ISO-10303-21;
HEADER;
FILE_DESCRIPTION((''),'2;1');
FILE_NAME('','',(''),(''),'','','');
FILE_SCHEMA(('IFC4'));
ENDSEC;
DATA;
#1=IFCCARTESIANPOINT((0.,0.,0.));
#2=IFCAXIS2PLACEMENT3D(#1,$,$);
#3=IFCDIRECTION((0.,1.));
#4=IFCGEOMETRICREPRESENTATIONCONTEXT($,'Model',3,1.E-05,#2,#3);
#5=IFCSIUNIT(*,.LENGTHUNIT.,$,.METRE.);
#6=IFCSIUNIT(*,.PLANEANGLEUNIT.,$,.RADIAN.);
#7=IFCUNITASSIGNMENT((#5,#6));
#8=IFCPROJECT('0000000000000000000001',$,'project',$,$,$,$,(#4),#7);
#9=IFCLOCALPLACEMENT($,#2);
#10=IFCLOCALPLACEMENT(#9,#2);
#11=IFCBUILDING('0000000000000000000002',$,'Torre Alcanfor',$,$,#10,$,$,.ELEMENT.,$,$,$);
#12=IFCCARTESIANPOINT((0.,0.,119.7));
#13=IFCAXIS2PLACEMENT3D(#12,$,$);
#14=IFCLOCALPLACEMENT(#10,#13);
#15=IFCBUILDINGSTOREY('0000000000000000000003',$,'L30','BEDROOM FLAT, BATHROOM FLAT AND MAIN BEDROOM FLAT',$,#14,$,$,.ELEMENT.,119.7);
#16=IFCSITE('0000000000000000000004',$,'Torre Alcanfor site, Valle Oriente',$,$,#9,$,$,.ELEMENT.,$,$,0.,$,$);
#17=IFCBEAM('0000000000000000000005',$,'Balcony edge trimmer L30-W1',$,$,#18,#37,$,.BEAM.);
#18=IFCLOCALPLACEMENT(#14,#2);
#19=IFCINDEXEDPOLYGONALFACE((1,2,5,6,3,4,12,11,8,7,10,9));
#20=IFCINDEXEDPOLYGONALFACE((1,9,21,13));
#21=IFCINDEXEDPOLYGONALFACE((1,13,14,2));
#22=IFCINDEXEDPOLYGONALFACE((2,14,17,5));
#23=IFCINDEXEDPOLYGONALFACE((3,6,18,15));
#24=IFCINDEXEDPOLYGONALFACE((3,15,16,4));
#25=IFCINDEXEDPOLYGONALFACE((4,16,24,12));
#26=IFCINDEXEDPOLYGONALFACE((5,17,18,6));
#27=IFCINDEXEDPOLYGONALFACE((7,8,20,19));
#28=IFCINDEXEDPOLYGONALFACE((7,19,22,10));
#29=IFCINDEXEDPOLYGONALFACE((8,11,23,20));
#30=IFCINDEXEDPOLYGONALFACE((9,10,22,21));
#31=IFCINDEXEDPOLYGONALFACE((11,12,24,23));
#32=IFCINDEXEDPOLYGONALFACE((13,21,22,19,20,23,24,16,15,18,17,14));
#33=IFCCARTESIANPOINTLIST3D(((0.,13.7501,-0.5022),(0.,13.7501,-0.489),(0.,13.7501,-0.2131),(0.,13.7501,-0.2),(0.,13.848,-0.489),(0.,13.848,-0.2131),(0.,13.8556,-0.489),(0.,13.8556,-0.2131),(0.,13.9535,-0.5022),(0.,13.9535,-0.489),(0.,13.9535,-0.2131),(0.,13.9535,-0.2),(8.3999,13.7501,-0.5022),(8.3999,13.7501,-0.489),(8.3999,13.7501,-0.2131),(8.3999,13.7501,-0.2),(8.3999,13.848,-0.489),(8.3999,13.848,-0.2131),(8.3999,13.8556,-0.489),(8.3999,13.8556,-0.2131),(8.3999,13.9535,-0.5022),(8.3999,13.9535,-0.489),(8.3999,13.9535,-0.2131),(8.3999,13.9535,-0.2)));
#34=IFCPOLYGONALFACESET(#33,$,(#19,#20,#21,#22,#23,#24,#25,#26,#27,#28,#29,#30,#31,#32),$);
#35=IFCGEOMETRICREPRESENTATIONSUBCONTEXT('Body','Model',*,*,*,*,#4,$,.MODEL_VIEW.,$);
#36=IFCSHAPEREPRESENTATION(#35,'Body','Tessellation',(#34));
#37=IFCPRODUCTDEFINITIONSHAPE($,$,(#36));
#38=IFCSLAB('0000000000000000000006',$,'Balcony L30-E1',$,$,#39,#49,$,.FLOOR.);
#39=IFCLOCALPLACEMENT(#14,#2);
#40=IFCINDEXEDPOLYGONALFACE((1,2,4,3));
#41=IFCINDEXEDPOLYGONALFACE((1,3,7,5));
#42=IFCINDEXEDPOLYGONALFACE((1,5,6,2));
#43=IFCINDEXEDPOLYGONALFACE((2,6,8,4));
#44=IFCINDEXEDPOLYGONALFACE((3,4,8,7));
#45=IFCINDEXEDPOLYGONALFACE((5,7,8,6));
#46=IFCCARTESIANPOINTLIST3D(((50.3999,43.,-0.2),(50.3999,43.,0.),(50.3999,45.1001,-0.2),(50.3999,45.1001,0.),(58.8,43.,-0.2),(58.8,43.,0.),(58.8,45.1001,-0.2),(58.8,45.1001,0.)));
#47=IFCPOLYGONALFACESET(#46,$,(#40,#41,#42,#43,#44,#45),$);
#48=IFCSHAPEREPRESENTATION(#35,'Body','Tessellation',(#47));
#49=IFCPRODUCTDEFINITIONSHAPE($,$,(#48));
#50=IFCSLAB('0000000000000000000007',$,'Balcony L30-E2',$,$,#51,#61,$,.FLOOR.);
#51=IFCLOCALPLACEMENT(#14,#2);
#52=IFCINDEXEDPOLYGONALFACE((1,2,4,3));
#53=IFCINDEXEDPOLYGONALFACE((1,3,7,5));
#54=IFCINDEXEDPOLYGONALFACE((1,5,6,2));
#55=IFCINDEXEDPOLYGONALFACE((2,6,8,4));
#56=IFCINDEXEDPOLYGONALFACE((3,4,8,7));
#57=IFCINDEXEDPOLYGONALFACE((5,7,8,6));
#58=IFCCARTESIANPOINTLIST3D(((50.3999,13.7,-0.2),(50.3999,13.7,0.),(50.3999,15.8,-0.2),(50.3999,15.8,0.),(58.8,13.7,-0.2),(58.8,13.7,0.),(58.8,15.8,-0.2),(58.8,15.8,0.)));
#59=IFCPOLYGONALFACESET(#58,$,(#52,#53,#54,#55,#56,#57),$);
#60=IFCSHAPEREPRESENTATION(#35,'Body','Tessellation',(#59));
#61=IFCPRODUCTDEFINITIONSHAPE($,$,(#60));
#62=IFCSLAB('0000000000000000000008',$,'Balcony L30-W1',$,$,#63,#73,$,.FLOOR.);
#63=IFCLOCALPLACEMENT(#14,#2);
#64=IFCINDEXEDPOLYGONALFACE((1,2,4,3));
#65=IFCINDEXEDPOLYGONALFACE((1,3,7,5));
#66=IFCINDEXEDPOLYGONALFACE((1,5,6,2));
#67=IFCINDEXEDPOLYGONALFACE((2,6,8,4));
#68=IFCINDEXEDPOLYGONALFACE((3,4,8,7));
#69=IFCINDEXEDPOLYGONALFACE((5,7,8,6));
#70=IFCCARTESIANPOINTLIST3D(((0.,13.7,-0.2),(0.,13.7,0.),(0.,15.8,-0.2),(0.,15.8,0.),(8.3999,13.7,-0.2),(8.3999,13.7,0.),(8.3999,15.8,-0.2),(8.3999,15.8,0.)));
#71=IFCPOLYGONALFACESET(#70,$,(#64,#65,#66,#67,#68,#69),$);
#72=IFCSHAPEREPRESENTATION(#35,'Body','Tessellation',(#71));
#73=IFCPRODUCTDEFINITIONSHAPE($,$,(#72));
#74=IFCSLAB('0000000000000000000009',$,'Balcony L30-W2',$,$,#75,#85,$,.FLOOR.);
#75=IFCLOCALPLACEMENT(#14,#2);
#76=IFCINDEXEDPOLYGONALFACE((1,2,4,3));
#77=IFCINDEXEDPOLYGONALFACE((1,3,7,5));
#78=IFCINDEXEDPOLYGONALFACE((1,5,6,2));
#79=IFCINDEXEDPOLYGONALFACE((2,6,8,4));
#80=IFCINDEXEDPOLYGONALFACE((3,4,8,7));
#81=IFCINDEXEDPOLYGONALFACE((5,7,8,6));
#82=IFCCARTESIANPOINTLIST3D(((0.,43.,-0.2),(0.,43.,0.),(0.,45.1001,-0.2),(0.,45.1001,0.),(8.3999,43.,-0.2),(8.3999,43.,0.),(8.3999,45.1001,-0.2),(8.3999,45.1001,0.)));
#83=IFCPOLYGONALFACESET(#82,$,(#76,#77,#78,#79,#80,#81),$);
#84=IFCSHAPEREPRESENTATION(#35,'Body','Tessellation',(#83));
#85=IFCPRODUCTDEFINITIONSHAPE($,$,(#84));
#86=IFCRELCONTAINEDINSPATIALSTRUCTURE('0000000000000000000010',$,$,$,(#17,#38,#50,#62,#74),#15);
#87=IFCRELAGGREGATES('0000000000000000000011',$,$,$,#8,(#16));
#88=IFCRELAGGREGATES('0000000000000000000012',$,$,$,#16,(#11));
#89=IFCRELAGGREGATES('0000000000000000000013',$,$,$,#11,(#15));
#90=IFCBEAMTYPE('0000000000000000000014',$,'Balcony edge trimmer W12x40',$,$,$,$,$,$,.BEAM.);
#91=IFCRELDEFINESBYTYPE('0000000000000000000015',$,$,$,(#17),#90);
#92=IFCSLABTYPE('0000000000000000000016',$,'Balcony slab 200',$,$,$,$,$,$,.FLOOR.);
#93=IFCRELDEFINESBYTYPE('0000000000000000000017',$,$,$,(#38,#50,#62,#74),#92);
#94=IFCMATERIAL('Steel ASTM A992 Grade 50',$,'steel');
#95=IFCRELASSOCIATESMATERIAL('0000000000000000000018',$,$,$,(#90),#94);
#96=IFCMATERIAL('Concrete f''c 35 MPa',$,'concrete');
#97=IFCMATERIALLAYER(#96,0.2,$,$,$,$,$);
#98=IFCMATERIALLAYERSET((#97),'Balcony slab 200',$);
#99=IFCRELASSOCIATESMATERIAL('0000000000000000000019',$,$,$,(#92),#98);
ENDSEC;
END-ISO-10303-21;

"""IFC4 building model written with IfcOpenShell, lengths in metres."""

from ifc_helpers import new_model, si_unit, direction, frame, origin, origin_2d, place, context, subcontext, project, spatial, polyline, i_section, outline, extrude, material, layer, layer_set, material_profile, profile_set, type_object, element, save


model = new_model("IFC4")

# Units and contexts
model_context = context("Model", 3, precision=1e-05, world=origin(), true_north=direction((0.0, 1.0)))
body_context = subcontext(model_context, "Body", "Model", "MODEL_VIEW")
ifc_project = project(units=[si_unit("LENGTHUNIT", "METRE"), si_unit("PLANEANGLEUNIT", "RADIAN")], contexts=[model_context])

# Site, building, storey
site_placement = place(None, origin())
site = spatial("IfcSite", under=ifc_project, at=site_placement, Name="Torre Alcanfor site, Valle Oriente", CompositionType="ELEMENT", RefElevation=0.0)
building_placement = place(site_placement, origin())
building = spatial("IfcBuilding", under=site, at=building_placement, Name="Torre Alcanfor", CompositionType="ELEMENT")
storey_placement = place(building_placement, frame((0.0, 0.0, 119.7)))
storey = spatial("IfcBuildingStorey", under=building, at=storey_placement, Name="L30", Description="BEDROOM FLAT, BATHROOM FLAT AND MAIN BEDROOM FLAT", CompositionType="ELEMENT", Elevation=119.7)

# Beam
ifc_material_1 = material(Name="Steel ASTM A992 Grade 50", Category="steel")
ifc_material_profile = material_profile(ifc_material_1, i_section(OverallWidth=0.2034, OverallDepth=0.3022, WebThickness=0.0076, FlangeThickness=0.0132, at=origin_2d()), Name="W12x40")
ifc_profile_set = profile_set([ifc_material_profile], Name="Steel ASTM A992 Grade 50")
beam_type = type_object("IfcBeamType", Name="Balcony edge trimmer W12x40", PredefinedType="BEAM", material=ifc_profile_set)
beam_placement = place(storey_placement, frame((8.3999, 13.8518, -0.3511), z_axis=(-1.0, 0.0, 0.0), x_axis=(0.0, -1.0, 0.0)))
element("IfcBeam", 1, at=beam_placement, inside=storey, type_object=beam_type, Name="Balcony edge trimmer L30-W1", PredefinedType="BEAM", context=body_context, shape_type="SweptSolid", body=[
    extrude(i_section(OverallWidth=0.2034, OverallDepth=0.3022, WebThickness=0.0076, FlangeThickness=0.0132, at=origin_2d()), origin(), (0.0, 0.0, 1.0), 8.3999),
])

# Slabs
ifc_material_2 = material(Name="Concrete f'c 35 MPa", Category="concrete")
ifc_layer_1 = layer(ifc_material_2, 0.2)
ifc_layer_set_1 = layer_set([ifc_layer_1], Name="Balcony slab 200")
slab_type_1 = type_object("IfcSlabType", Name="Balcony slab 200", PredefinedType="FLOOR", material=ifc_layer_set_1)
slab_1_placement = place(storey_placement, frame((0.0, 0.0, -0.2)))
element("IfcSlab", 2, at=slab_1_placement, inside=storey, type_object=slab_type_1, Name="Balcony L30-E1", PredefinedType="FLOOR", context=body_context, shape_type="SweptSolid", body=[
    extrude(outline(polyline([(50.3999, 43.0), (58.8, 43.0), (58.8, 45.1001), (50.3999, 45.1001), (50.3999, 43.0)])), origin(), (0.0, 0.0, 1.0), 0.2),
])
slab_2_placement = place(storey_placement, frame((0.0, 0.0, -0.2)))
element("IfcSlab", 3, at=slab_2_placement, inside=storey, type_object=slab_type_1, Name="Balcony L30-E2", PredefinedType="FLOOR", context=body_context, shape_type="SweptSolid", body=[
    extrude(outline(polyline([(50.3999, 13.7), (58.8, 13.7), (58.8, 15.8), (50.3999, 15.8), (50.3999, 13.7)])), origin(), (0.0, 0.0, 1.0), 0.2),
])
slab_3_placement = place(storey_placement, frame((0.0, 0.0, -0.2)))
element("IfcSlab", 4, at=slab_3_placement, inside=storey, type_object=slab_type_1, Name="Balcony L30-W1", PredefinedType="FLOOR", context=body_context, shape_type="SweptSolid", body=[
    extrude(outline(polyline([(8.3999, 15.8), (0.0, 15.8), (0.0, 13.7), (8.3999, 13.7), (8.3999, 15.8)])), origin(), (0.0, 0.0, 1.0), 0.2),
])
slab_4_placement = place(storey_placement, frame((0.0, 0.0, -0.2)))
element("IfcSlab", 5, at=slab_4_placement, inside=storey, type_object=slab_type_1, Name="Balcony L30-W2", PredefinedType="FLOOR", context=body_context, shape_type="SweptSolid", body=[
    extrude(outline(polyline([(8.3999, 45.1001), (0.0, 45.1001), (0.0, 43.0), (8.3999, 43.0), (8.3999, 45.1001)])), origin(), (0.0, 0.0, 1.0), 0.2),
])

save(model, "model.ifc")
